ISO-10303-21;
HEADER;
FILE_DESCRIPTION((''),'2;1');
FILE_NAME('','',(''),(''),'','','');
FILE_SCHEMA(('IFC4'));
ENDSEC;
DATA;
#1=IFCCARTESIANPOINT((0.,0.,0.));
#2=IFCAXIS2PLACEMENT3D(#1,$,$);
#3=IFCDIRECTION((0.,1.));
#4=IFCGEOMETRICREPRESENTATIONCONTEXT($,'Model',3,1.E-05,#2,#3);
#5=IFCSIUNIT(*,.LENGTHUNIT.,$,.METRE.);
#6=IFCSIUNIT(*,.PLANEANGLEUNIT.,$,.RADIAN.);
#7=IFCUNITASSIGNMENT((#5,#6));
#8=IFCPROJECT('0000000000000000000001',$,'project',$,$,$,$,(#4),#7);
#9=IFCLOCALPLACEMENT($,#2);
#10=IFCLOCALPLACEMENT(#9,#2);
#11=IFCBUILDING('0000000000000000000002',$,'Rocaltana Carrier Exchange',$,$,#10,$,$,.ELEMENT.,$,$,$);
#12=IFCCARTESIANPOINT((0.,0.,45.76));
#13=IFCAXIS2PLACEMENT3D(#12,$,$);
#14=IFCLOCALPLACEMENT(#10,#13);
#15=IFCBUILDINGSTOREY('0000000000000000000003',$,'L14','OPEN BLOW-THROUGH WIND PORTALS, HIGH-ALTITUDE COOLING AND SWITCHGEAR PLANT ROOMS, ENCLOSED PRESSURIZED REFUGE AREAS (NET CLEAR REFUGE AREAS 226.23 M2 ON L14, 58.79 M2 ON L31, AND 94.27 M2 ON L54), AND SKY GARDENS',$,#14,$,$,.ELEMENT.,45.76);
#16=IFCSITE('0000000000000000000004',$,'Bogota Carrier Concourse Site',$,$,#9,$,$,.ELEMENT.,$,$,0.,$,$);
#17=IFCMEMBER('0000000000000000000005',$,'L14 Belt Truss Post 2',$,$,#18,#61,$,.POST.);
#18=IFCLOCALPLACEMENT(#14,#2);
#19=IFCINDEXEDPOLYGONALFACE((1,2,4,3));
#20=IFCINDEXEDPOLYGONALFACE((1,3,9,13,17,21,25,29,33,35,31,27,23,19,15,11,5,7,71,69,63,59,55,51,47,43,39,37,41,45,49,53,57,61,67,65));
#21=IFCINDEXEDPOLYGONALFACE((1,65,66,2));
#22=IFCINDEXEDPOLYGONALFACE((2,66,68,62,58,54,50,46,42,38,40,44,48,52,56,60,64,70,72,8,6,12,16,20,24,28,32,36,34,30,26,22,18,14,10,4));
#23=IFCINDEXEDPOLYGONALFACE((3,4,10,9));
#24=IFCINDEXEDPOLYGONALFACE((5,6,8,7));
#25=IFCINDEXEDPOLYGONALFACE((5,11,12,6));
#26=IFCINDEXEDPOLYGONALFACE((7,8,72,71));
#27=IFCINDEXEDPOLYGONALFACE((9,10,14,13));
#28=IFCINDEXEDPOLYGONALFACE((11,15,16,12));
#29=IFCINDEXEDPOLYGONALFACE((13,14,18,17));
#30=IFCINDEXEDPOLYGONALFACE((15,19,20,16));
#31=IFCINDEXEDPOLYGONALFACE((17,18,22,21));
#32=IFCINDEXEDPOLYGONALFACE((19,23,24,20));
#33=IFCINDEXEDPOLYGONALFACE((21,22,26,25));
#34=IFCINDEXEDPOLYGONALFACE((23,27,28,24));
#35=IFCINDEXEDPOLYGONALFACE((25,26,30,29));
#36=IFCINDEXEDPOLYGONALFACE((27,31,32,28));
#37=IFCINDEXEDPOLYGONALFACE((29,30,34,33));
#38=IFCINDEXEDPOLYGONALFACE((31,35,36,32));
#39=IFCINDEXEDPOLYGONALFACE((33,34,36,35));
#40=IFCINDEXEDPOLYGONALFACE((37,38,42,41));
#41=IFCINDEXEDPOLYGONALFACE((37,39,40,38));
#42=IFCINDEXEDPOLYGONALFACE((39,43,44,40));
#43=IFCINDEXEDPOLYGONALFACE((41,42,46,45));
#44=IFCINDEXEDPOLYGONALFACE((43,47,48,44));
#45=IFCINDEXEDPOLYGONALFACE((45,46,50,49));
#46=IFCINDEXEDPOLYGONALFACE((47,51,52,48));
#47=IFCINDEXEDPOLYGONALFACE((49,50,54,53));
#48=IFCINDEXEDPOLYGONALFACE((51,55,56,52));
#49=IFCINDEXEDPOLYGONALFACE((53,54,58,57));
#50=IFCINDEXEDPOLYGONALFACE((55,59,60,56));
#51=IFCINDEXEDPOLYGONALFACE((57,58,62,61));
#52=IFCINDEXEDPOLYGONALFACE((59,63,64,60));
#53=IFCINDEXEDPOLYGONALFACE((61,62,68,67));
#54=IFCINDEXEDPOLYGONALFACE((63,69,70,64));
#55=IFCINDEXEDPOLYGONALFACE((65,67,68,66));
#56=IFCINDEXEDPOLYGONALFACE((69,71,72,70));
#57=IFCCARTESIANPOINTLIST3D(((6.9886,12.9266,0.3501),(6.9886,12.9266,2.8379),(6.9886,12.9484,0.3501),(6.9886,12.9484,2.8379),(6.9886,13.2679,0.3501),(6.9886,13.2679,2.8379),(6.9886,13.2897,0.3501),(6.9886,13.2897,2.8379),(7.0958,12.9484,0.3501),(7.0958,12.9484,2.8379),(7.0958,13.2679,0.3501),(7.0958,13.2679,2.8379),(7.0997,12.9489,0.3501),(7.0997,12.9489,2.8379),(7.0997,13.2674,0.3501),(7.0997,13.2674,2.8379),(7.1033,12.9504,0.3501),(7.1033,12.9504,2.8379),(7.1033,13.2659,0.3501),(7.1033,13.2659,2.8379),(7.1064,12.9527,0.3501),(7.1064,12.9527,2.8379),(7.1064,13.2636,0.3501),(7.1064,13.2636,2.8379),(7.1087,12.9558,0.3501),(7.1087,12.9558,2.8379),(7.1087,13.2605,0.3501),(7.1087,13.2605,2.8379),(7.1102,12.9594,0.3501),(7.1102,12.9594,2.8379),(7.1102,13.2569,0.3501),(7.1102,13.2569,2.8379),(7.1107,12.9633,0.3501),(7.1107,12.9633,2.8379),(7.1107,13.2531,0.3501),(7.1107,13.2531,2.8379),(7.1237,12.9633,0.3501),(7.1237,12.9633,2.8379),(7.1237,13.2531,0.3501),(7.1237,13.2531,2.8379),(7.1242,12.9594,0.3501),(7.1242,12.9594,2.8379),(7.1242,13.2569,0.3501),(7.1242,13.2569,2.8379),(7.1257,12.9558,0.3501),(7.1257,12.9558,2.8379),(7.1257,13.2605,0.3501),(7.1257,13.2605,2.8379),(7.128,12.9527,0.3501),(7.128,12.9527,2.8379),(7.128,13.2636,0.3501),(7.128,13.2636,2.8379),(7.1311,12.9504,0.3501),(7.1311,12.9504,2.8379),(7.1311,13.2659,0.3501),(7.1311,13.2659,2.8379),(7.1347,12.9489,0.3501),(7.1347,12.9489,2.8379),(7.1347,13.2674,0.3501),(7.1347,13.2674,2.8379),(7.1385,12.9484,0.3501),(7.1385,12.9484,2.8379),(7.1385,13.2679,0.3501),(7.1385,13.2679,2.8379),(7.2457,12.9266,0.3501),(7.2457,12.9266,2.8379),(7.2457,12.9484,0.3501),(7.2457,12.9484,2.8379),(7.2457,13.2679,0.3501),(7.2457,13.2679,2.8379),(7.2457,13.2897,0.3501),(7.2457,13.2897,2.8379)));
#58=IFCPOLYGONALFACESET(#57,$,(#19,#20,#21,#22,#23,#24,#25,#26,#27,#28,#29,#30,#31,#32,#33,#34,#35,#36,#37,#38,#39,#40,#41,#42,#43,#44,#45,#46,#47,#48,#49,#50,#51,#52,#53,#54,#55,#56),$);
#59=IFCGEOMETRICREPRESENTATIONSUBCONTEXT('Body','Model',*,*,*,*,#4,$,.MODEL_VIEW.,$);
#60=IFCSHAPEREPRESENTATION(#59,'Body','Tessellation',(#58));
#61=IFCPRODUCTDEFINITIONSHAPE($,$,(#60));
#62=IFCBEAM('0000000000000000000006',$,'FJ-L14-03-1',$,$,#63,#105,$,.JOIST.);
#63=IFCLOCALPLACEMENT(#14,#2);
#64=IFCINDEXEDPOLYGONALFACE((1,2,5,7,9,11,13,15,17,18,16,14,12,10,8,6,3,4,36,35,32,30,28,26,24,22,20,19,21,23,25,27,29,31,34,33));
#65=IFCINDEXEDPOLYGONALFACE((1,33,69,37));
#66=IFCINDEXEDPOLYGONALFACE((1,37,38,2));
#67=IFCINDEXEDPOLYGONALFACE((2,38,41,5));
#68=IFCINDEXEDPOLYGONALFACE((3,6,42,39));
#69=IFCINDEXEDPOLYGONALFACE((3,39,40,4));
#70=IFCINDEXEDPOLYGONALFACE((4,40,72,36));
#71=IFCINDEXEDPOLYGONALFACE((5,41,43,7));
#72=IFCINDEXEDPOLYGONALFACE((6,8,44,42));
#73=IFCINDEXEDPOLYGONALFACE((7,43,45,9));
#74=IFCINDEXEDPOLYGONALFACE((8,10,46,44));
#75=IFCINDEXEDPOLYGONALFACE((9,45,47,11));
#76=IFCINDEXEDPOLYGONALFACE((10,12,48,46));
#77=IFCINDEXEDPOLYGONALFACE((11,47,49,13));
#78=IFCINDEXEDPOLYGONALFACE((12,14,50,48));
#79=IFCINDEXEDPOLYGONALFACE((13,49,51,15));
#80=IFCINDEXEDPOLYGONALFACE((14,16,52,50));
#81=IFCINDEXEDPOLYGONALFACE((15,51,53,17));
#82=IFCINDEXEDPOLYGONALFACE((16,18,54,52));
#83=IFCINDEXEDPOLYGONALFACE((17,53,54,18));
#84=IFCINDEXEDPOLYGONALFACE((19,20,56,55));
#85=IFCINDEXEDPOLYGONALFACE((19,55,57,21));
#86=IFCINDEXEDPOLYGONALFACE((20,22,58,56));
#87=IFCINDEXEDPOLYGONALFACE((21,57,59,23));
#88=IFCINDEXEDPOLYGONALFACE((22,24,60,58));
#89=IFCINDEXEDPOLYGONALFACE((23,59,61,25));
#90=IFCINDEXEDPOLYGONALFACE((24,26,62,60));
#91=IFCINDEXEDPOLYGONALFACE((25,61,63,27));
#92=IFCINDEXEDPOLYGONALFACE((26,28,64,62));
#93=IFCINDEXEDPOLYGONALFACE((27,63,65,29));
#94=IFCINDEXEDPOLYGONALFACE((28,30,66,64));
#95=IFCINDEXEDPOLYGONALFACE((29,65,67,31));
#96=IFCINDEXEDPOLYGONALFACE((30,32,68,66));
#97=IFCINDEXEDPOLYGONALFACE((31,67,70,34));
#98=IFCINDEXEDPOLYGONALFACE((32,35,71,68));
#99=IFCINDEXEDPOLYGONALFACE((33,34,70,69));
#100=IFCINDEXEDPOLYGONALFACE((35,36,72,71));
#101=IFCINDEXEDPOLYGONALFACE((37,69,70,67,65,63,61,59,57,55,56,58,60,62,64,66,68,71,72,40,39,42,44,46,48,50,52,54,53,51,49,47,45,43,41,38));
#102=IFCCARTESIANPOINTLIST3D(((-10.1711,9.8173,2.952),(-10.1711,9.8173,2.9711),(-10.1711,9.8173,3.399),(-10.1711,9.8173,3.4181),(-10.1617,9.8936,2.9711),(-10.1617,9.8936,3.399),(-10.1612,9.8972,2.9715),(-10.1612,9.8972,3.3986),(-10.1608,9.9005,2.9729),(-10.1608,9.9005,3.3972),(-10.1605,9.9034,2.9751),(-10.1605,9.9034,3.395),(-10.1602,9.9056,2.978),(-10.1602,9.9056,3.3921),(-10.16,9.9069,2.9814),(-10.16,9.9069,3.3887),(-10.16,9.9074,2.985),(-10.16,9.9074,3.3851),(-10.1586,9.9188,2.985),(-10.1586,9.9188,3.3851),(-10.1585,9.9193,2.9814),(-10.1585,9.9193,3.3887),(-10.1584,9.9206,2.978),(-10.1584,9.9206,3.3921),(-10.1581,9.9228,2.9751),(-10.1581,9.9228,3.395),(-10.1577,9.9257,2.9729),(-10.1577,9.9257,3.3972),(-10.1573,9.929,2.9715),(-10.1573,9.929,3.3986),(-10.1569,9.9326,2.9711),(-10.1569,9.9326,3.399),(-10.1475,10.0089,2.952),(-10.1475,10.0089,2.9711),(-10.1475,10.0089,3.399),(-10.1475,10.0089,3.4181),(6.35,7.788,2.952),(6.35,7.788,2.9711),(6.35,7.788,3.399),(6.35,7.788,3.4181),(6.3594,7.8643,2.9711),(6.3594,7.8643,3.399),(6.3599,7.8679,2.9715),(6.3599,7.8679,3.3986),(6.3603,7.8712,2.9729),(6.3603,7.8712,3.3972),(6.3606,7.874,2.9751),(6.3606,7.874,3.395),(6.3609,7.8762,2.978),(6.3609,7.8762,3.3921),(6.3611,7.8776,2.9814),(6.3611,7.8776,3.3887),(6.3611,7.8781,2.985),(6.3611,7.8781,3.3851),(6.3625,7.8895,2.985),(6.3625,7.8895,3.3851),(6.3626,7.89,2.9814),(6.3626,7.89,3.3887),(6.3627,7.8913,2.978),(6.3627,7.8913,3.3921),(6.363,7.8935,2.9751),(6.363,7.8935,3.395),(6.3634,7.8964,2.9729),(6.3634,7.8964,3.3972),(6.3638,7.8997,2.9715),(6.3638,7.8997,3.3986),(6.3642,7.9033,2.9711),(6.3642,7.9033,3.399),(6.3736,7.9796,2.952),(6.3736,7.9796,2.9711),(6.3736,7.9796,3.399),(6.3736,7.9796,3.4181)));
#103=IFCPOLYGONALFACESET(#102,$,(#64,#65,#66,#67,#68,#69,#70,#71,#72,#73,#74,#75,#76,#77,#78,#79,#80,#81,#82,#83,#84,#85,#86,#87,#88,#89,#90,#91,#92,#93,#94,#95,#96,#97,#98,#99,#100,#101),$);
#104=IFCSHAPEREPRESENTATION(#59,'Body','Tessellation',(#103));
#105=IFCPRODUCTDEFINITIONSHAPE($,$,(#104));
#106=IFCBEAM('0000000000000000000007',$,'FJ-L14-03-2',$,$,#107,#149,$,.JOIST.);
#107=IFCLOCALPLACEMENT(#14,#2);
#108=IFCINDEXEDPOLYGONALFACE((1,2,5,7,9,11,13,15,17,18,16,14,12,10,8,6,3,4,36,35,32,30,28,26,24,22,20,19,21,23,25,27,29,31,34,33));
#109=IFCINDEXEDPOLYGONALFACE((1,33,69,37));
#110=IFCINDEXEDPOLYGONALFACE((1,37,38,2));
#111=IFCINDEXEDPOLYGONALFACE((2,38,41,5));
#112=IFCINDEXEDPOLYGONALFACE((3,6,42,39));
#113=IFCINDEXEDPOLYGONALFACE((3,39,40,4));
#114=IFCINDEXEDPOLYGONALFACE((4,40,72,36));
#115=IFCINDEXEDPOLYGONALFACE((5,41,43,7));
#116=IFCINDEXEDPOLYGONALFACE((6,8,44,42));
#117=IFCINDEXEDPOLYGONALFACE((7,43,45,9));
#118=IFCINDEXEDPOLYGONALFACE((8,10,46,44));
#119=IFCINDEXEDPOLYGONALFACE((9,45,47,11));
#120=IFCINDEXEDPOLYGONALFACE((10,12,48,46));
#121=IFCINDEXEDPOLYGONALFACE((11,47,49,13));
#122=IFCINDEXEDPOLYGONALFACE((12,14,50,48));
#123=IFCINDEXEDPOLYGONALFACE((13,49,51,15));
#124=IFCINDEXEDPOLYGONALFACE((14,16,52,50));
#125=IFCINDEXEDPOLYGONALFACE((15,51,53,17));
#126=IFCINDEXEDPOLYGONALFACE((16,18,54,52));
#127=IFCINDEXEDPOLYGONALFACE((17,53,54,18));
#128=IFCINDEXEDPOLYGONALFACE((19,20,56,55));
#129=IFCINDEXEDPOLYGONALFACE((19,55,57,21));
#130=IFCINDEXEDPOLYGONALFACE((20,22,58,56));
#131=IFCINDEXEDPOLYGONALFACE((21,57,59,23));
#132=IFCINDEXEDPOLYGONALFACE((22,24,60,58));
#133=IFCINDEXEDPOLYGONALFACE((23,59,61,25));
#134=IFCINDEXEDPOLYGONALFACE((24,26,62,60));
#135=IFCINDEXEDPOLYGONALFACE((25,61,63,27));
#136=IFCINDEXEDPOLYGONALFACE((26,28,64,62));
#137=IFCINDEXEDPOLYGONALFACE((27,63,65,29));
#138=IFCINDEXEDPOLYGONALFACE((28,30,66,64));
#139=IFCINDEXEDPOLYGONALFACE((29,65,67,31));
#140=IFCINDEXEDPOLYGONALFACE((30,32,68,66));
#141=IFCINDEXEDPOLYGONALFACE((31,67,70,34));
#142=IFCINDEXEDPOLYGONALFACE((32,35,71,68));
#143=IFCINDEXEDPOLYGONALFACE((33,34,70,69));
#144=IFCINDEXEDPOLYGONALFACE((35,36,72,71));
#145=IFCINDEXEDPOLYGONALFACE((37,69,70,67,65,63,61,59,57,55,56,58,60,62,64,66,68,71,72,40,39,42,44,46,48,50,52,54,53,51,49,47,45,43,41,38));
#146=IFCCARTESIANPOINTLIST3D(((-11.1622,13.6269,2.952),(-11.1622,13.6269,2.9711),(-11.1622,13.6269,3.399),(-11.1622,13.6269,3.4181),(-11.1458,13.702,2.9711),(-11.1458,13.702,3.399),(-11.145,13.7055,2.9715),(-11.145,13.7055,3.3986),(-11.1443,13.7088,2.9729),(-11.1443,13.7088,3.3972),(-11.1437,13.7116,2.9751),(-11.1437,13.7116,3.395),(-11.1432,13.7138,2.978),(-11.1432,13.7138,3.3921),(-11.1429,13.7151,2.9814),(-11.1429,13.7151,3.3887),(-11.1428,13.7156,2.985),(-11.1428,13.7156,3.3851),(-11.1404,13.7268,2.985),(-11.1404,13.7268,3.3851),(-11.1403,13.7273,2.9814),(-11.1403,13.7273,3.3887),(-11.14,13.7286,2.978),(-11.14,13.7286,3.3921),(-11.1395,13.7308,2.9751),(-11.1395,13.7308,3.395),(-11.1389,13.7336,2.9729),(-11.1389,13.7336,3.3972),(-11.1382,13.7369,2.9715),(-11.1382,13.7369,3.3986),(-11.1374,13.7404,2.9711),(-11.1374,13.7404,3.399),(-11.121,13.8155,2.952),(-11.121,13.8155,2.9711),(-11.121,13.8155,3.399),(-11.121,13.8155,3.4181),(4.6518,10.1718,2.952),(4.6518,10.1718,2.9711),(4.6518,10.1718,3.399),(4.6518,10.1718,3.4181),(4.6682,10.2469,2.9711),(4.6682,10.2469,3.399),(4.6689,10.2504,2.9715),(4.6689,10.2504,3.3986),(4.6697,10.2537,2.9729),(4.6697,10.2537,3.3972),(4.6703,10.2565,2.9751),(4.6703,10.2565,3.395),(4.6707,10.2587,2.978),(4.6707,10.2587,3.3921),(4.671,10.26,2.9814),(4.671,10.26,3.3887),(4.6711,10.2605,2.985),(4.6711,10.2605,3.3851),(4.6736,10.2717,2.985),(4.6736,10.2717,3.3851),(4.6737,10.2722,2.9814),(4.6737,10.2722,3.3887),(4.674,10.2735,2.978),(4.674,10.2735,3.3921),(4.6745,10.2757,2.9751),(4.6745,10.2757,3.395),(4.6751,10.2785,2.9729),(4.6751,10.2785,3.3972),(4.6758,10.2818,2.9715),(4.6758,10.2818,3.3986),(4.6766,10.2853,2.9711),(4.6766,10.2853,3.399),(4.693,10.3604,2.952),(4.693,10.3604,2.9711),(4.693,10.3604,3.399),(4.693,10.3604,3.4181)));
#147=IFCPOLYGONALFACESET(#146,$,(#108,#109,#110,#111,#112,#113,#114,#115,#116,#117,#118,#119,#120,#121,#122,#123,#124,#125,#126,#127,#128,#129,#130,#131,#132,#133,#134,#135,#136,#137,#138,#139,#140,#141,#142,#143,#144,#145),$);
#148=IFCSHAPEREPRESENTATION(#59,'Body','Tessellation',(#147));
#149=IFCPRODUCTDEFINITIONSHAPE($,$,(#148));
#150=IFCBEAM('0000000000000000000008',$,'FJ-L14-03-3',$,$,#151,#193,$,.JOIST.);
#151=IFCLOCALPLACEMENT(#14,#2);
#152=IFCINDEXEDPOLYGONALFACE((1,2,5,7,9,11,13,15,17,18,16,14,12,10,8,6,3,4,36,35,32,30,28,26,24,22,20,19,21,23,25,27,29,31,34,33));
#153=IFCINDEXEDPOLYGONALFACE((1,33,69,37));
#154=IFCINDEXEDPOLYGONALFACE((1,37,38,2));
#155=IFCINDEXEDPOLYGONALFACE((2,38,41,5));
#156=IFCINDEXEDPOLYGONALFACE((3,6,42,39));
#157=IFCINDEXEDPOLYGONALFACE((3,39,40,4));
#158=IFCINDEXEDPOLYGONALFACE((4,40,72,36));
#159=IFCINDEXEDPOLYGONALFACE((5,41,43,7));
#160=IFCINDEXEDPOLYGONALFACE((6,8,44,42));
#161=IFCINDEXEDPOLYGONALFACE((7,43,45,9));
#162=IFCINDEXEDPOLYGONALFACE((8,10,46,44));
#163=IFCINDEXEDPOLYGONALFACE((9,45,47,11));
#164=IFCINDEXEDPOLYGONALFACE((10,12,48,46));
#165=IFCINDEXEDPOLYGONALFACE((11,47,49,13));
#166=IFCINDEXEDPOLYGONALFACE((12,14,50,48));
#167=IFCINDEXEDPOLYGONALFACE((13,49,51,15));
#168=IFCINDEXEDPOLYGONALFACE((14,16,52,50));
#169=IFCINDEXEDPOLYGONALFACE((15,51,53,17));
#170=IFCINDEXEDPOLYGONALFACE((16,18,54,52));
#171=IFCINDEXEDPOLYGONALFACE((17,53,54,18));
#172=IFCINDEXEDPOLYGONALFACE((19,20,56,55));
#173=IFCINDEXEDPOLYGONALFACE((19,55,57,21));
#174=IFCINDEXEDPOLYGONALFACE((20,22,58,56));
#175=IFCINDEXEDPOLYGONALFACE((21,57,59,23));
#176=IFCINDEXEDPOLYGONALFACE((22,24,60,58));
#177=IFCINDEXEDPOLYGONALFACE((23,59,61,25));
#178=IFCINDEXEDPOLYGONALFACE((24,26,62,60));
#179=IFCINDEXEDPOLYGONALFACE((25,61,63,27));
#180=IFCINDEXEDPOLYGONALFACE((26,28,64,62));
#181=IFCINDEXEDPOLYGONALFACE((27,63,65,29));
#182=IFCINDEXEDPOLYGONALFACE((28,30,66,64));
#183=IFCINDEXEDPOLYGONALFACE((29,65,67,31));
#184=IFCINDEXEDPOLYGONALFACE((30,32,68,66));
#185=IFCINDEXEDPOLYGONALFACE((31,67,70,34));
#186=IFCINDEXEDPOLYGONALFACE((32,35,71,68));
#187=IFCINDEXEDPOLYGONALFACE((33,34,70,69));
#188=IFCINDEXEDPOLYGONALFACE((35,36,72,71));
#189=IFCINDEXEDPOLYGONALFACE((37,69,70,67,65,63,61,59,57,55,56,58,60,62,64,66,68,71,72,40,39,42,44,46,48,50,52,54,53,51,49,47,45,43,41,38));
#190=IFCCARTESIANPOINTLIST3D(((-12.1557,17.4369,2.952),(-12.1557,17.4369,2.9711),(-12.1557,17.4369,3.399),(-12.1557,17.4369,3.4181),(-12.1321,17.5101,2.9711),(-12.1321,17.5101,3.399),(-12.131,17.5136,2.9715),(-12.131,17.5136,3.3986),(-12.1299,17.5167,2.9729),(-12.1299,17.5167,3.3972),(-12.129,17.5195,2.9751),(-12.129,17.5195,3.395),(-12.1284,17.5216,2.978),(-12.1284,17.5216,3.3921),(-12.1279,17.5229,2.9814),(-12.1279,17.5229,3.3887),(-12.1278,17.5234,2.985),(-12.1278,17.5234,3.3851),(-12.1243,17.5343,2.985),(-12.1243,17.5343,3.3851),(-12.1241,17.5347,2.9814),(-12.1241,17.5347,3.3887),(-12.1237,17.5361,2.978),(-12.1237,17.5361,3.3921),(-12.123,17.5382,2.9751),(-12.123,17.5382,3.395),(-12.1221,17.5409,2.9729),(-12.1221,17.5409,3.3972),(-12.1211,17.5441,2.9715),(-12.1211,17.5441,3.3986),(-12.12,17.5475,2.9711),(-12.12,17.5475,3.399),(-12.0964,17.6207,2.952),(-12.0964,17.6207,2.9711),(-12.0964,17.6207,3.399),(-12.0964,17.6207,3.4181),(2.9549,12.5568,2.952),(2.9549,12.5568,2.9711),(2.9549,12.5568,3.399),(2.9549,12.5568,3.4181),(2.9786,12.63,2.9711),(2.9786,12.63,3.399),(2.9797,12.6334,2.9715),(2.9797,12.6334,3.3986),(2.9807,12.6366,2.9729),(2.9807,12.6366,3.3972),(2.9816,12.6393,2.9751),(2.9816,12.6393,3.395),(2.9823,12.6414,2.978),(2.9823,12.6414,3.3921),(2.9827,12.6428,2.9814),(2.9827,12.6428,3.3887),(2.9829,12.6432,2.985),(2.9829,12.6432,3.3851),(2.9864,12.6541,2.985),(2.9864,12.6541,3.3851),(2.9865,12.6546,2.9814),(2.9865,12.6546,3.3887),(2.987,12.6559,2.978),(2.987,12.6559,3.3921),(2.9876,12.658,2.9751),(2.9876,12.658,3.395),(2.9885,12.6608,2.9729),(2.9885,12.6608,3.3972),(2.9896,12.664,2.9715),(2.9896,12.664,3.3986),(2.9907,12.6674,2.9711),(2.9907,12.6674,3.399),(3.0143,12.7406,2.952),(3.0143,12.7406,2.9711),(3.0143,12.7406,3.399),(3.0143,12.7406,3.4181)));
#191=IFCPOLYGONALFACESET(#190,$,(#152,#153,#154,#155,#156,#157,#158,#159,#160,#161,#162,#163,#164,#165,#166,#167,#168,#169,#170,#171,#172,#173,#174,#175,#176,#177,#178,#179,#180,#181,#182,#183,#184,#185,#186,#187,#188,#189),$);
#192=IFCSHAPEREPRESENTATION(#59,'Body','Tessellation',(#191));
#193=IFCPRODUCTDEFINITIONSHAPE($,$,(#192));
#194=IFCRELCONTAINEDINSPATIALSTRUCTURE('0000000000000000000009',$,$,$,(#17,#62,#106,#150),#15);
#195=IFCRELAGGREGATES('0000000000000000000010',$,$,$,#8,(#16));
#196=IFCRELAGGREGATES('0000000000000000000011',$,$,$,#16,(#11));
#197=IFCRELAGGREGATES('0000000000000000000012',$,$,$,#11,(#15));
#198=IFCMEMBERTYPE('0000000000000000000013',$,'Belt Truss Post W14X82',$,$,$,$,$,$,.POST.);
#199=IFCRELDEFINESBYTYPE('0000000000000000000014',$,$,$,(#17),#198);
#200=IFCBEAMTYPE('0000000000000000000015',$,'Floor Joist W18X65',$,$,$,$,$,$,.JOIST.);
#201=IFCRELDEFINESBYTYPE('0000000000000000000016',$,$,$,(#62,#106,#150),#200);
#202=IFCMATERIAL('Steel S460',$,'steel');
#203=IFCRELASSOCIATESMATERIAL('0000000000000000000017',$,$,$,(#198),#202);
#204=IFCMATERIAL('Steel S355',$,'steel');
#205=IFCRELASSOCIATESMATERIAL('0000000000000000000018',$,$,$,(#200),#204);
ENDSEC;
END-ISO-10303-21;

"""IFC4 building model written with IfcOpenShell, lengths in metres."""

from ifc_helpers import new_model, si_unit, direction, frame, origin, origin_2d, place, context, subcontext, project, spatial, i_section, extrude, material, material_profile, profile_set, type_object, element, save


model = new_model("IFC4")

# Units and contexts
model_context = context("Model", 3, precision=1e-05, world=origin(), true_north=direction((0.0, 1.0)))
body_context = subcontext(model_context, "Body", "Model", "MODEL_VIEW")
ifc_project = project(units=[si_unit("LENGTHUNIT", "METRE"), si_unit("PLANEANGLEUNIT", "RADIAN")], contexts=[model_context])

# Site, building, storey
site_placement = place(None, origin())
site = spatial("IfcSite", under=ifc_project, at=site_placement, Name="Bogota Carrier Concourse Site", CompositionType="ELEMENT", RefElevation=0.0)
building_placement = place(site_placement, origin())
building = spatial("IfcBuilding", under=site, at=building_placement, Name="Rocaltana Carrier Exchange", CompositionType="ELEMENT")
storey_placement = place(building_placement, frame((0.0, 0.0, 45.76)))
storey = spatial("IfcBuildingStorey", under=building, at=storey_placement, Name="L14", Description="OPEN BLOW-THROUGH WIND PORTALS, HIGH-ALTITUDE COOLING AND SWITCHGEAR PLANT ROOMS, ENCLOSED PRESSURIZED REFUGE AREAS (NET CLEAR REFUGE AREAS 226.23 M2 ON L14, 58.79 M2 ON L31, AND 94.27 M2 ON L54), AND SKY GARDENS", CompositionType="ELEMENT", Elevation=45.76)

# Member
ifc_material_1 = material(Name="Steel S460", Category="steel")
ifc_material_profile_1 = material_profile(ifc_material_1, i_section(OverallWidth=0.2571, OverallDepth=0.363, WebThickness=0.0129, FlangeThickness=0.0217, FilletRadius=0.0149, at=origin_2d()), Name="W14X82")
ifc_profile_set_1 = profile_set([ifc_material_profile_1], Name="Steel S460")
member_type_1 = type_object("IfcMemberType", Name="Belt Truss Post W14X82", PredefinedType="POST", material=ifc_profile_set_1)
member_1_placement = place(storey_placement, frame((7.1172, 13.1082, 0.3501), z_axis=(0.0, 0.0, 1.0), x_axis=(1.0, 0.0, 0.0)))
element("IfcMember", 1, at=member_1_placement, inside=storey, type_object=member_type_1, Name="L14 Belt Truss Post 2", PredefinedType="POST", context=body_context, shape_type="SweptSolid", body=[
    extrude(i_section(OverallWidth=0.2571, OverallDepth=0.363, WebThickness=0.0129, FlangeThickness=0.0217, FilletRadius=0.0149, at=origin_2d()), origin(), (0.0, 0.0, 1.0), 2.4878),
])

# Beams
ifc_material_2 = material(Name="Steel S355", Category="steel")
ifc_material_profile_2 = material_profile(ifc_material_2, i_section(OverallWidth=0.1931, OverallDepth=0.4661, WebThickness=0.0115, FlangeThickness=0.019, FilletRadius=0.0139, at=origin_2d()), Name="W18X65")
ifc_profile_set_2 = profile_set([ifc_material_profile_2], Name="Steel S355")
beam_type_1 = type_object("IfcBeamType", Name="Floor Joist W18X65", PredefinedType="JOIST", material=ifc_profile_set_2)
beam_1_placement = place(storey_placement, frame((6.3618, 7.8838, 3.1851), z_axis=(-0.992541, 0.121915, 0.0), x_axis=(-0.121915, -0.992541, 0.0)))
element("IfcBeam", 2, at=beam_1_placement, inside=storey, type_object=beam_type_1, Name="FJ-L14-03-1", PredefinedType="JOIST", context=body_context, shape_type="SweptSolid", body=[
    extrude(i_section(OverallWidth=0.1931, OverallDepth=0.4661, WebThickness=0.0115, FlangeThickness=0.019, FilletRadius=0.0139, at=origin_2d()), origin(), (0.0, 0.0, 1.0), 16.6453),
])
beam_2_placement = place(storey_placement, frame((4.6724, 10.2661, 3.1851), z_axis=(-0.976954, 0.213448, 0.0), x_axis=(-0.213448, -0.976954, 0.0)))
element("IfcBeam", 3, at=beam_2_placement, inside=storey, type_object=beam_type_1, Name="FJ-L14-03-2", PredefinedType="JOIST", context=body_context, shape_type="SweptSolid", body=[
    extrude(i_section(OverallWidth=0.1931, OverallDepth=0.4661, WebThickness=0.0115, FlangeThickness=0.019, FilletRadius=0.0139, at=origin_2d()), origin(), (0.0, 0.0, 1.0), 16.187),
])
beam_3_placement = place(storey_placement, frame((2.9846, 12.6487, 3.1851), z_axis=(-0.951603, 0.30733, 0.0), x_axis=(-0.30733, -0.951603, 0.0)))
element("IfcBeam", 4, at=beam_3_placement, inside=storey, type_object=beam_type_1, Name="FJ-L14-03-3", PredefinedType="JOIST", context=body_context, shape_type="SweptSolid", body=[
    extrude(i_section(OverallWidth=0.1931, OverallDepth=0.4661, WebThickness=0.0115, FlangeThickness=0.019, FilletRadius=0.0139, at=origin_2d()), origin(), (0.0, 0.0, 1.0), 15.8792),
])

save(model, "model.ifc")
